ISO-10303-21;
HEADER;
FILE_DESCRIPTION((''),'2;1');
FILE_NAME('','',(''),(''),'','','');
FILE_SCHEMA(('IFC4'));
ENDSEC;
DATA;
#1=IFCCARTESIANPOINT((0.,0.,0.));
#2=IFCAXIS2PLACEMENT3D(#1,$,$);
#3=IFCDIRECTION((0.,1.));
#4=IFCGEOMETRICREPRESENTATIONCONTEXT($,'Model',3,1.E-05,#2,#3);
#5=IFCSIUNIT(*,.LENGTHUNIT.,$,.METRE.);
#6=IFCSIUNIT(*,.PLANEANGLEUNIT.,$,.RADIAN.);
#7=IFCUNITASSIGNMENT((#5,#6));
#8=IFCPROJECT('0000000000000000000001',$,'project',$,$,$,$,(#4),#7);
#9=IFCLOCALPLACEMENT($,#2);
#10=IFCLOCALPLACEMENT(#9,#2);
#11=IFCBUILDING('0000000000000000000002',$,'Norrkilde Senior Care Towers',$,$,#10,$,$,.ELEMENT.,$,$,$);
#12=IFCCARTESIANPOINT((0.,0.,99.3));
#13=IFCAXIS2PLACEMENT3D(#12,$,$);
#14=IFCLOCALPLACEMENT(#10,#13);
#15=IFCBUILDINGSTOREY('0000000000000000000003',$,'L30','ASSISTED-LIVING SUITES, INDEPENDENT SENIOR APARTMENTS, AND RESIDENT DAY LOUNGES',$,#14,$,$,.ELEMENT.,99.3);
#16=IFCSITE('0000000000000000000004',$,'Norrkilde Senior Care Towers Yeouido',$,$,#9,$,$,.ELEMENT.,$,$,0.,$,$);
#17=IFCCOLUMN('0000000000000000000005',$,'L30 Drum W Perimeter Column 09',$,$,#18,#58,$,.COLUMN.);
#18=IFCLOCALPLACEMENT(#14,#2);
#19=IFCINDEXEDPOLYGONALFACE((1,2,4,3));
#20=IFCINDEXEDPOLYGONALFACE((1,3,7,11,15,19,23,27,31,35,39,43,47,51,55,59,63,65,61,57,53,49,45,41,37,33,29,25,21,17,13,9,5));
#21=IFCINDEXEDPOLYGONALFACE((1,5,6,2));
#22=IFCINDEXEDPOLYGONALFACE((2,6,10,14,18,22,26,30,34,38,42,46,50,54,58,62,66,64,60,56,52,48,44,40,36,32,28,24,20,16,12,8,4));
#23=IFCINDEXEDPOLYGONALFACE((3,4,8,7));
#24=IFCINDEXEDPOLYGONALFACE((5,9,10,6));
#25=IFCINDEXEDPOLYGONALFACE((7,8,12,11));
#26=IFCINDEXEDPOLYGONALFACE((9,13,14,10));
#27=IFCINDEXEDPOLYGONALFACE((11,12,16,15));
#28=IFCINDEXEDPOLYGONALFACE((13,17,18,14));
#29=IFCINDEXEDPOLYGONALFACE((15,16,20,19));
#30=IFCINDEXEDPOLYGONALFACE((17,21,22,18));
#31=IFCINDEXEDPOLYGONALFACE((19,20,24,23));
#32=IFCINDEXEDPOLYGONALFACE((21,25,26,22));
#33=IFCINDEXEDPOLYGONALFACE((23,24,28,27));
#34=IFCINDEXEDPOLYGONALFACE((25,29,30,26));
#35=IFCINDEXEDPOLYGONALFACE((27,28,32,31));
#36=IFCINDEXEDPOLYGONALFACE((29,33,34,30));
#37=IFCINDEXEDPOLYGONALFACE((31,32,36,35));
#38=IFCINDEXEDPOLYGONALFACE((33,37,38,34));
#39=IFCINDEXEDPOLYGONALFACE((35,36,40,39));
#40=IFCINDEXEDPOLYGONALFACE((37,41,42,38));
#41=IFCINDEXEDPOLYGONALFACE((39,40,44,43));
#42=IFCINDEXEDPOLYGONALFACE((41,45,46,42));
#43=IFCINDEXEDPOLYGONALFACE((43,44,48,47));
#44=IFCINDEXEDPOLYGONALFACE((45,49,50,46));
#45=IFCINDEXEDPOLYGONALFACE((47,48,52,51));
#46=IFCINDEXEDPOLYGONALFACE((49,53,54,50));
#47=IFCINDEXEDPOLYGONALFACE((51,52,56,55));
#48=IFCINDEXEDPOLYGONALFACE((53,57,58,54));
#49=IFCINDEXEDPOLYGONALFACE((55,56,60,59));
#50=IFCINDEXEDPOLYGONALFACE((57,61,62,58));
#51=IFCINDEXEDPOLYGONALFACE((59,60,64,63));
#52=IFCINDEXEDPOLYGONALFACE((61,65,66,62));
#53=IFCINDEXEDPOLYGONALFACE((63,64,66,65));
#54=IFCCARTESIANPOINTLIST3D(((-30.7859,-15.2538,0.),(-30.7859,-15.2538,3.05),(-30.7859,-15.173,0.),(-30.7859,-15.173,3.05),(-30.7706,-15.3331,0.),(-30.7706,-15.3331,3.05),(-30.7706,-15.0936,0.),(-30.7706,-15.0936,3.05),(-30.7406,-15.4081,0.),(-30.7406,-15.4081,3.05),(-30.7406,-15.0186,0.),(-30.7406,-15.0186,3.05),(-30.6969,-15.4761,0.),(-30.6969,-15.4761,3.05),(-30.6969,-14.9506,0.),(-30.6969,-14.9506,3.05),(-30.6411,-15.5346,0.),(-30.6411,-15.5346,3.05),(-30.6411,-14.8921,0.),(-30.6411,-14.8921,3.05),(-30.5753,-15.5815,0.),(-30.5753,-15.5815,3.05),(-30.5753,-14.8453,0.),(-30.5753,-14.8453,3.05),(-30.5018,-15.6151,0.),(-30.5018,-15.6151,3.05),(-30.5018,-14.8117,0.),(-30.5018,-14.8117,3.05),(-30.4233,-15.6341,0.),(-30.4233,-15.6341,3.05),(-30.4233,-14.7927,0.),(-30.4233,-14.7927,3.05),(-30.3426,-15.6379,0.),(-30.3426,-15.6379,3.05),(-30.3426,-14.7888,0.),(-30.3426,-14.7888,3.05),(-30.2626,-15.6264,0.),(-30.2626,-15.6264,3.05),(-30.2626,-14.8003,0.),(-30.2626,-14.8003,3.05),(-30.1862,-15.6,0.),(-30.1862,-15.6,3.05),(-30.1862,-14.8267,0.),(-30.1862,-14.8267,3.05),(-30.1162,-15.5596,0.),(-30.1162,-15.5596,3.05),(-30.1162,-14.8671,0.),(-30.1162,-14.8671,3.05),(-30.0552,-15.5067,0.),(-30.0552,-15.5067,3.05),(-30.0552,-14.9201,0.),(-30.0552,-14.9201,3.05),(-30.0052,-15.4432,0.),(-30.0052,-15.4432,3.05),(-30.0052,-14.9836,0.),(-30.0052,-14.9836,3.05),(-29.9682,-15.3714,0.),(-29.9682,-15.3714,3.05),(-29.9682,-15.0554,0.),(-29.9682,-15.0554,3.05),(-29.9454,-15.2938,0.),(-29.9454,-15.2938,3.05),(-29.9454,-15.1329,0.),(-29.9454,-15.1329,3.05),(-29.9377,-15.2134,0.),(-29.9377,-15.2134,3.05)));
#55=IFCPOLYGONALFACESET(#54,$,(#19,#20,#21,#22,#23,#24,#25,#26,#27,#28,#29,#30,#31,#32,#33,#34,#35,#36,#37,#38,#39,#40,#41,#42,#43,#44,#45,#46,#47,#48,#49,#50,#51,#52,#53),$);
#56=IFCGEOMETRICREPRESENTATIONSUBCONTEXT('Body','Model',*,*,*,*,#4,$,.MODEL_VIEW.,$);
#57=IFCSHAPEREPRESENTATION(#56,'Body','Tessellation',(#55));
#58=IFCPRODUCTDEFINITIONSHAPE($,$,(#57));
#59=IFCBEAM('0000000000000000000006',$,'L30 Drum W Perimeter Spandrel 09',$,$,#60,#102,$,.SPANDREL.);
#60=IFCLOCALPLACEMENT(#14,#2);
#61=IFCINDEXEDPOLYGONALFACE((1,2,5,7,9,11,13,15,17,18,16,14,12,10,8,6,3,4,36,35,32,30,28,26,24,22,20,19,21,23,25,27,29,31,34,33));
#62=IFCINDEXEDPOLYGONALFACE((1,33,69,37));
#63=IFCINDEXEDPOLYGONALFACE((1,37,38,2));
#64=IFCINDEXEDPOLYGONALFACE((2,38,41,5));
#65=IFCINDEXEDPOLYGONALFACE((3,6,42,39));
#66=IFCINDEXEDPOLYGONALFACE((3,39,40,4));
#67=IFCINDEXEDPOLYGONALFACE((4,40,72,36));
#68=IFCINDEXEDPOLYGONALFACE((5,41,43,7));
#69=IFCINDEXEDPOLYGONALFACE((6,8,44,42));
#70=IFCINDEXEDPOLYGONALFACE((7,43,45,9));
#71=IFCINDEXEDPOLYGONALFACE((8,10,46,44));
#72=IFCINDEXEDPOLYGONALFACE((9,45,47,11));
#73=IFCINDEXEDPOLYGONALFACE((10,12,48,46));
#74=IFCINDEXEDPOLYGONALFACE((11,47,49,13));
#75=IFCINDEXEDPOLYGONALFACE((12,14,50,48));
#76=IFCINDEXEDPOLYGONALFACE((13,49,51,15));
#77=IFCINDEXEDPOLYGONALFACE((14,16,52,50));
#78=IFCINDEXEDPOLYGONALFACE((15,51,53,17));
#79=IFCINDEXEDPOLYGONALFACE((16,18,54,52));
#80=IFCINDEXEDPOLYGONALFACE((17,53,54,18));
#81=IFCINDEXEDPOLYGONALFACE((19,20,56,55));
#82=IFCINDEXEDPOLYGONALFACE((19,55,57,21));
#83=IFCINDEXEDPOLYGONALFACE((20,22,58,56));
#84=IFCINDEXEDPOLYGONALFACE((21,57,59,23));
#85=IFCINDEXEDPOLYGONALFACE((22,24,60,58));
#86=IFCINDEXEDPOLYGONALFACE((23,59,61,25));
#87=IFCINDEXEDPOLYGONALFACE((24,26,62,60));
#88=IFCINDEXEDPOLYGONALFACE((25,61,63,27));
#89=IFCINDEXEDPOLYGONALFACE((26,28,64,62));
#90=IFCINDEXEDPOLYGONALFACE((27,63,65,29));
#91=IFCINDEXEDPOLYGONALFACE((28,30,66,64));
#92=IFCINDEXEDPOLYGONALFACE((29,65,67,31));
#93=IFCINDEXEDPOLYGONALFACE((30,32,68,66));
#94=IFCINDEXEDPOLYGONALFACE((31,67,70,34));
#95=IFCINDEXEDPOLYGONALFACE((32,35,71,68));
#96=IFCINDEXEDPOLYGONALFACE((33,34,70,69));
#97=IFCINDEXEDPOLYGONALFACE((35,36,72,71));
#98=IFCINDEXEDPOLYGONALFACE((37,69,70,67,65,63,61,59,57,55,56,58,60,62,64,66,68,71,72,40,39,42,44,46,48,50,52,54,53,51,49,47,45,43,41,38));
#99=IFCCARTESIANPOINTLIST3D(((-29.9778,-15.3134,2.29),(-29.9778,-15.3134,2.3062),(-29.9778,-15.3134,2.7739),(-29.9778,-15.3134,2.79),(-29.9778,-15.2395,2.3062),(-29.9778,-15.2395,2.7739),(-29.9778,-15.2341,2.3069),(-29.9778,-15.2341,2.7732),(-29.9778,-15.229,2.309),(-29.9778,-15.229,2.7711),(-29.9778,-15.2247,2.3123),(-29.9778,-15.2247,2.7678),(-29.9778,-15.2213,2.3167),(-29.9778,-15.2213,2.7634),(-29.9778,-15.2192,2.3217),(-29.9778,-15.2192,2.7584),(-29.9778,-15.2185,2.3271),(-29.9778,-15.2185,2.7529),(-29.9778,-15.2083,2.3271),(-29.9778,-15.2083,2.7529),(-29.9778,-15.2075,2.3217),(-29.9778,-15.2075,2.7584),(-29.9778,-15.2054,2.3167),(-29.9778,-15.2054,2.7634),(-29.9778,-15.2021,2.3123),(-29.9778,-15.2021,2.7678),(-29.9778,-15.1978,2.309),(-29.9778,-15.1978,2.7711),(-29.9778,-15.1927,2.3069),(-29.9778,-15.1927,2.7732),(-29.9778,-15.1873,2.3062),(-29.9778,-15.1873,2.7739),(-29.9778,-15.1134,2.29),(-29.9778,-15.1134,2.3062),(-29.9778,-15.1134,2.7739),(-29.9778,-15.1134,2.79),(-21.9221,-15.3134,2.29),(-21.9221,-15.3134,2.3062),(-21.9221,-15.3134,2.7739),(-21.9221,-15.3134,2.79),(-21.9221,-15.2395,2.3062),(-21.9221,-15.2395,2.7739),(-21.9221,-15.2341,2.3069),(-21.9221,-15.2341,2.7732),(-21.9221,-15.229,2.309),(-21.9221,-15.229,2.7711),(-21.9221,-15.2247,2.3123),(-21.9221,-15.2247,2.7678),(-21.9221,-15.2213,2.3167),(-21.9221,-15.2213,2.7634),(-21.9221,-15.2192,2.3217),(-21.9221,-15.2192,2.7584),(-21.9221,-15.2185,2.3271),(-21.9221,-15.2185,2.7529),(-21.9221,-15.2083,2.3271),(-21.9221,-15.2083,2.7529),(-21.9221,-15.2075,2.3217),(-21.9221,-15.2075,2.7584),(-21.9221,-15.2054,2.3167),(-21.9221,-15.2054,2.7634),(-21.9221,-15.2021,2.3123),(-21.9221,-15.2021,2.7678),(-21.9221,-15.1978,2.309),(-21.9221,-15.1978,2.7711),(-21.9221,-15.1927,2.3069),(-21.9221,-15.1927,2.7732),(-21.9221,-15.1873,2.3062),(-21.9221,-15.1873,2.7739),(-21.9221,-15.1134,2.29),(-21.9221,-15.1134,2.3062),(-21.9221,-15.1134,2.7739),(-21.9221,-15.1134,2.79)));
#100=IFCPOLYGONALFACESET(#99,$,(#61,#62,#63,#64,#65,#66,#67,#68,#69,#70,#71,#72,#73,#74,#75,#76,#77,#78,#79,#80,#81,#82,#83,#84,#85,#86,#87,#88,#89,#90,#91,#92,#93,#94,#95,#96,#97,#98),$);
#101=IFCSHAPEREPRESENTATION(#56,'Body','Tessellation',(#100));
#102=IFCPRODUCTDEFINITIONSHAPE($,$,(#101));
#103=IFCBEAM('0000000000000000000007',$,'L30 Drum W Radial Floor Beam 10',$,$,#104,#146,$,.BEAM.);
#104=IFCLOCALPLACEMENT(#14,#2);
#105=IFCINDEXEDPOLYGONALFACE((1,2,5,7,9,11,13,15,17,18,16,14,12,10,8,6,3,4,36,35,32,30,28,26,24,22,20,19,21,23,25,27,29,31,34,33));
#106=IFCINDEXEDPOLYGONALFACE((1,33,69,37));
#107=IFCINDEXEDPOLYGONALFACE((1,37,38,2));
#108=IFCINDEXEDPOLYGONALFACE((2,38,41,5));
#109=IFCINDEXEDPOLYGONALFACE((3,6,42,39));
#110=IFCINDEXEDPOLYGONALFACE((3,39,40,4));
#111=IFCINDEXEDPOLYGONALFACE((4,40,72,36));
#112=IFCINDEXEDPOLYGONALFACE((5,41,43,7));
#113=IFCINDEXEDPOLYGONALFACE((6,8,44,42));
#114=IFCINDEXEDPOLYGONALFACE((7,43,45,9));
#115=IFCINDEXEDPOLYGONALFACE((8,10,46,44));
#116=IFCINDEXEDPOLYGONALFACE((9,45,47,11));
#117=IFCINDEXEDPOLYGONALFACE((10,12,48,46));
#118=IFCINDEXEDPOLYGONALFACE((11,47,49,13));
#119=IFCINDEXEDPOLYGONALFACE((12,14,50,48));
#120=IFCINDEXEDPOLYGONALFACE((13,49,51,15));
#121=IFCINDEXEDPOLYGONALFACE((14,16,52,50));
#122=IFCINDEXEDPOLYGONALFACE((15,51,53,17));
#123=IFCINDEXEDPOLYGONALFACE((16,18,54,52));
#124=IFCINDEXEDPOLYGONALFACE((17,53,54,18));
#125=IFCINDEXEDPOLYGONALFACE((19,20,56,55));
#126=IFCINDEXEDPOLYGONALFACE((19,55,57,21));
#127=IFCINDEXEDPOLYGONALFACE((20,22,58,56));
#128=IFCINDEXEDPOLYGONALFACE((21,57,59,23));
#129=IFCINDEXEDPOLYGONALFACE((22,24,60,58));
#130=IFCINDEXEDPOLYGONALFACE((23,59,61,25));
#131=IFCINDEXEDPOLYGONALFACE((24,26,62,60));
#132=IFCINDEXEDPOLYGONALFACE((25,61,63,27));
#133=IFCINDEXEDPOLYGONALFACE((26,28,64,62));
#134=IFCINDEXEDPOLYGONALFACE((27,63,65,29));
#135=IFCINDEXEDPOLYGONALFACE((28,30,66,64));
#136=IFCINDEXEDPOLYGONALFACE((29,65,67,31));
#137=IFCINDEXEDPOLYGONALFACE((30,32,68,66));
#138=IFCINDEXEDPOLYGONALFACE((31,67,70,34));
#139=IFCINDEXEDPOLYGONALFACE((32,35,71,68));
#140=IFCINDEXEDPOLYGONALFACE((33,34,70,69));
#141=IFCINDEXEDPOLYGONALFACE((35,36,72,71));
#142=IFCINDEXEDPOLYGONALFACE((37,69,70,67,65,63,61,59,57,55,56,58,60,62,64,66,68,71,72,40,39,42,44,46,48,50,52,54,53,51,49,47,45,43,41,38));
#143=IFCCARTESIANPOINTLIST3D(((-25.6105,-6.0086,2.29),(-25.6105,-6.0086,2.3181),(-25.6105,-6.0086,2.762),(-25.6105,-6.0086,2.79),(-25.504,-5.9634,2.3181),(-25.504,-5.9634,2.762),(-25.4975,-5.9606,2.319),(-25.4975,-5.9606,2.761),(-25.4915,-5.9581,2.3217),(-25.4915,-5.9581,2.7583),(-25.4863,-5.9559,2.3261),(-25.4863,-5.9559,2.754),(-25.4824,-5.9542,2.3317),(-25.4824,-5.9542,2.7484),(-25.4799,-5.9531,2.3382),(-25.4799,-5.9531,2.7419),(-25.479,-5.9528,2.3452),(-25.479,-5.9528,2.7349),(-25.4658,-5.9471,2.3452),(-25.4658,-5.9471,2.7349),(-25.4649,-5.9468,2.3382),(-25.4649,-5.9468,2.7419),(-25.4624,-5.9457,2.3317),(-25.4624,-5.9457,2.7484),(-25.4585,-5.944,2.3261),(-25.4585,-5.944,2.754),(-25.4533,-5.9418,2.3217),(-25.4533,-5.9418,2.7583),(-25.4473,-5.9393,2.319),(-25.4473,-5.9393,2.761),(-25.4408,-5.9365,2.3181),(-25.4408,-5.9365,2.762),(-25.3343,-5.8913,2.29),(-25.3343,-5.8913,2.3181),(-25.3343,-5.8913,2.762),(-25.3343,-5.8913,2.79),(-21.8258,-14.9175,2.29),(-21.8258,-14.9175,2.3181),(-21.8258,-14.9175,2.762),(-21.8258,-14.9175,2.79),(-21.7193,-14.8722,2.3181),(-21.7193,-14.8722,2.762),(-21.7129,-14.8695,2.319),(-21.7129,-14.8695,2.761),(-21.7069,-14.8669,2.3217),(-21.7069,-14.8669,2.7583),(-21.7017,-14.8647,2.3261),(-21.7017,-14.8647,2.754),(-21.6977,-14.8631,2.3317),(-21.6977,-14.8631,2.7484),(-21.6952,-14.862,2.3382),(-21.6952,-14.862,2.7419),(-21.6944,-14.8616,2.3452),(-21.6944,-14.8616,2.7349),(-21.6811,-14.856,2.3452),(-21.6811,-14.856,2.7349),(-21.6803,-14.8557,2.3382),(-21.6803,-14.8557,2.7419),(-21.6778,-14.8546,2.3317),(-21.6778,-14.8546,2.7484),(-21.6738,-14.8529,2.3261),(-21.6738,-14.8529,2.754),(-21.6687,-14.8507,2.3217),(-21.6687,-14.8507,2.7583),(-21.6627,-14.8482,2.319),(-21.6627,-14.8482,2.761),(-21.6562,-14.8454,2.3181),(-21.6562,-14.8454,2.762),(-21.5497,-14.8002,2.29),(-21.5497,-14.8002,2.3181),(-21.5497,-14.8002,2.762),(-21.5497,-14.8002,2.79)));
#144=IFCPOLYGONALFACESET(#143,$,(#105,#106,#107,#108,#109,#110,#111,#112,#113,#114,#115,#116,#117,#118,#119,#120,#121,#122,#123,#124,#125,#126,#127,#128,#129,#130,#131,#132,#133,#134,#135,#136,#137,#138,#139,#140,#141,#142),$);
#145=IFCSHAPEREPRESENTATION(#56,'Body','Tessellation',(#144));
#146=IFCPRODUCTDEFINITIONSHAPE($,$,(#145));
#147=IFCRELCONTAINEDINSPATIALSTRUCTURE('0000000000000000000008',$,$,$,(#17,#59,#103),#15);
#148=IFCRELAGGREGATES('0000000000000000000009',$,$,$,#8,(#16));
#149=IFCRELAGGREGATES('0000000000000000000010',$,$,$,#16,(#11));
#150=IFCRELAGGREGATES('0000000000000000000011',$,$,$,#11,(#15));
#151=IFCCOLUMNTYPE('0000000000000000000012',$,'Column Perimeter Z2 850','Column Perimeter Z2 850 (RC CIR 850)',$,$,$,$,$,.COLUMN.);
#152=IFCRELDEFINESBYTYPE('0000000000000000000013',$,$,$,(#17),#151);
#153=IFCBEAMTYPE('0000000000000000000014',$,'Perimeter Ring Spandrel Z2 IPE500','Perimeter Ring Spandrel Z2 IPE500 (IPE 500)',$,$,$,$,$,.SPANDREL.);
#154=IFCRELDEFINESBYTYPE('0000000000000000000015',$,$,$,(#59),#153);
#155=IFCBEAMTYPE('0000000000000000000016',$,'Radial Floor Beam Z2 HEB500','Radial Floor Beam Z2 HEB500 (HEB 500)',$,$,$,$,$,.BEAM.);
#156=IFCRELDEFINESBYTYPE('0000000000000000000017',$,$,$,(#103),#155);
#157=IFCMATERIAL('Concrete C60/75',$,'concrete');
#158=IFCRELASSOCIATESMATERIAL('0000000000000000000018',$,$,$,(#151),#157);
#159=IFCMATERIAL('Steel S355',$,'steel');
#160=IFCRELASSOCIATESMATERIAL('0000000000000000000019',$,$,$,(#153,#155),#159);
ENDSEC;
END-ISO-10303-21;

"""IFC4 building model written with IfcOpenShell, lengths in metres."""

from ifc_helpers import new_model, si_unit, direction, frame, origin, origin_2d, place, context, subcontext, project, spatial, circle, i_section, extrude, source, transform, mapped, material, material_profile, profile_set, type_object, type_shapes, element, save


model = new_model("IFC4")

# Units and contexts
model_context = context("Model", 3, precision=1e-05, world=origin(), true_north=direction((0.0, 1.0)))
body_context = subcontext(model_context, "Body", "Model", "MODEL_VIEW")
ifc_project = project(units=[si_unit("LENGTHUNIT", "METRE"), si_unit("PLANEANGLEUNIT", "RADIAN")], contexts=[model_context])

# Site, building, storey
site_placement = place(None, origin())
site = spatial("IfcSite", under=ifc_project, at=site_placement, Name="Norrkilde Senior Care Towers Yeouido", CompositionType="ELEMENT", RefElevation=0.0)
building_placement = place(site_placement, origin())
building = spatial("IfcBuilding", under=site, at=building_placement, Name="Norrkilde Senior Care Towers", CompositionType="ELEMENT")
storey_placement = place(building_placement, frame((0.0, 0.0, 99.3)))
storey = spatial("IfcBuildingStorey", under=building, at=storey_placement, Name="L30", Description="ASSISTED-LIVING SUITES, INDEPENDENT SENIOR APARTMENTS, AND RESIDENT DAY LOUNGES", CompositionType="ELEMENT", Elevation=99.3)

# Column
ifc_material_1 = material(Name="Concrete C60/75", Category="concrete")
ifc_material_profile_1 = material_profile(ifc_material_1, circle(Radius=0.425, at=origin_2d()), Name="RC CIR 850")
ifc_profile_set_1 = profile_set([ifc_material_profile_1], Name="Concrete C60/75")
column_type = type_object("IfcColumnType", Name="Column Perimeter Z2 850", Description="Column Perimeter Z2 850 (RC CIR 850)", PredefinedType="COLUMN", material=ifc_profile_set_1)
shared_shape_1 = source(origin(), body_context, "Body", "SweptSolid", [
    extrude(circle(Radius=0.425, at=origin_2d()), origin(), (0.0, 0.0, 1.0), 3.05),
])
type_shapes(column_type, [shared_shape_1])
column_placement = place(storey_placement, frame((-30.3628, -15.2134, 0.0), z_axis=(0.0, 0.0, 1.0), x_axis=(1.0, 0.0, 0.0)))
element("IfcColumn", 1, at=column_placement, inside=storey, type_object=column_type, Name="L30 Drum W Perimeter Column 09", PredefinedType="COLUMN", context=body_context, shape_type="MappedRepresentation", body=[
    mapped(shared_shape_1, transform((0.0, 0.0, 0.0), x_axis=(1.0, 0.0, 0.0), y_axis=(0.0, 1.0, 0.0), z_axis=(0.0, 0.0, 1.0), scale=1.0)),
])

# Beams
ifc_material_2 = material(Name="Steel S355", Category="steel")
ifc_material_profile_2 = material_profile(ifc_material_2, i_section(OverallWidth=0.2, OverallDepth=0.5, WebThickness=0.0103, FlangeThickness=0.0161, FilletRadius=0.021, at=origin_2d()), Name="IPE 500")
ifc_profile_set_2 = profile_set([ifc_material_profile_2], Name="Steel S355")
beam_type_1 = type_object("IfcBeamType", Name="Perimeter Ring Spandrel Z2 IPE500", Description="Perimeter Ring Spandrel Z2 IPE500 (IPE 500)", PredefinedType="SPANDREL", material=ifc_profile_set_2)
shared_shape_2 = source(origin(), body_context, "Body", "SweptSolid", [
    extrude(i_section(OverallWidth=0.2, OverallDepth=0.5, WebThickness=0.0103, FlangeThickness=0.0161, FilletRadius=0.021, at=origin_2d()), origin(), (0.0, 0.0, 1.0), 8.0557),
])
type_shapes(beam_type_1, [shared_shape_2])
beam_1_placement = place(storey_placement, frame((-29.9778, -15.2134, 2.54), z_axis=(1.0, 0.0, 0.0), x_axis=(0.0, 1.0, 0.0)))
element("IfcBeam", 2, at=beam_1_placement, inside=storey, type_object=beam_type_1, Name="L30 Drum W Perimeter Spandrel 09", PredefinedType="SPANDREL", context=body_context, shape_type="MappedRepresentation", body=[
    mapped(shared_shape_2, transform((0.0, 0.0, 0.0), x_axis=(1.0, 0.0, 0.0), y_axis=(0.0, 1.0, 0.0), z_axis=(0.0, 0.0, 1.0), scale=1.0)),
])
ifc_material_profile_3 = material_profile(ifc_material_2, i_section(OverallWidth=0.3, OverallDepth=0.5, WebThickness=0.0144, FlangeThickness=0.0281, FilletRadius=0.0271, at=origin_2d()), Name="HEB 500")
ifc_profile_set_3 = profile_set([ifc_material_profile_3], Name="Steel S355")
beam_type_2 = type_object("IfcBeamType", Name="Radial Floor Beam Z2 HEB500", Description="Radial Floor Beam Z2 HEB500 (HEB 500)", PredefinedType="BEAM", material=ifc_profile_set_3)
shared_shape_3 = source(origin(), body_context, "Body", "SweptSolid", [
    extrude(i_section(OverallWidth=0.3, OverallDepth=0.5, WebThickness=0.0144, FlangeThickness=0.0281, FilletRadius=0.0271, at=origin_2d()), origin(), (0.0, 0.0, 1.0), 9.6794),
])
beam_2_placement = place(storey_placement, frame((-25.4724, -5.95, 2.54), z_axis=(0.390998, -0.920392, 0.0), x_axis=(0.920392, 0.390998, 0.0)))
element("IfcBeam", 3, at=beam_2_placement, inside=storey, type_object=beam_type_2, Name="L30 Drum W Radial Floor Beam 10", PredefinedType="BEAM", context=body_context, shape_type="MappedRepresentation", body=[
    mapped(shared_shape_3, transform((0.0, 0.0, 0.0), x_axis=(1.0, 0.0, 0.0), y_axis=(0.0, 1.0, 0.0), z_axis=(0.0, 0.0, 1.0), scale=1.0)),
])

save(model, "model.ifc")
